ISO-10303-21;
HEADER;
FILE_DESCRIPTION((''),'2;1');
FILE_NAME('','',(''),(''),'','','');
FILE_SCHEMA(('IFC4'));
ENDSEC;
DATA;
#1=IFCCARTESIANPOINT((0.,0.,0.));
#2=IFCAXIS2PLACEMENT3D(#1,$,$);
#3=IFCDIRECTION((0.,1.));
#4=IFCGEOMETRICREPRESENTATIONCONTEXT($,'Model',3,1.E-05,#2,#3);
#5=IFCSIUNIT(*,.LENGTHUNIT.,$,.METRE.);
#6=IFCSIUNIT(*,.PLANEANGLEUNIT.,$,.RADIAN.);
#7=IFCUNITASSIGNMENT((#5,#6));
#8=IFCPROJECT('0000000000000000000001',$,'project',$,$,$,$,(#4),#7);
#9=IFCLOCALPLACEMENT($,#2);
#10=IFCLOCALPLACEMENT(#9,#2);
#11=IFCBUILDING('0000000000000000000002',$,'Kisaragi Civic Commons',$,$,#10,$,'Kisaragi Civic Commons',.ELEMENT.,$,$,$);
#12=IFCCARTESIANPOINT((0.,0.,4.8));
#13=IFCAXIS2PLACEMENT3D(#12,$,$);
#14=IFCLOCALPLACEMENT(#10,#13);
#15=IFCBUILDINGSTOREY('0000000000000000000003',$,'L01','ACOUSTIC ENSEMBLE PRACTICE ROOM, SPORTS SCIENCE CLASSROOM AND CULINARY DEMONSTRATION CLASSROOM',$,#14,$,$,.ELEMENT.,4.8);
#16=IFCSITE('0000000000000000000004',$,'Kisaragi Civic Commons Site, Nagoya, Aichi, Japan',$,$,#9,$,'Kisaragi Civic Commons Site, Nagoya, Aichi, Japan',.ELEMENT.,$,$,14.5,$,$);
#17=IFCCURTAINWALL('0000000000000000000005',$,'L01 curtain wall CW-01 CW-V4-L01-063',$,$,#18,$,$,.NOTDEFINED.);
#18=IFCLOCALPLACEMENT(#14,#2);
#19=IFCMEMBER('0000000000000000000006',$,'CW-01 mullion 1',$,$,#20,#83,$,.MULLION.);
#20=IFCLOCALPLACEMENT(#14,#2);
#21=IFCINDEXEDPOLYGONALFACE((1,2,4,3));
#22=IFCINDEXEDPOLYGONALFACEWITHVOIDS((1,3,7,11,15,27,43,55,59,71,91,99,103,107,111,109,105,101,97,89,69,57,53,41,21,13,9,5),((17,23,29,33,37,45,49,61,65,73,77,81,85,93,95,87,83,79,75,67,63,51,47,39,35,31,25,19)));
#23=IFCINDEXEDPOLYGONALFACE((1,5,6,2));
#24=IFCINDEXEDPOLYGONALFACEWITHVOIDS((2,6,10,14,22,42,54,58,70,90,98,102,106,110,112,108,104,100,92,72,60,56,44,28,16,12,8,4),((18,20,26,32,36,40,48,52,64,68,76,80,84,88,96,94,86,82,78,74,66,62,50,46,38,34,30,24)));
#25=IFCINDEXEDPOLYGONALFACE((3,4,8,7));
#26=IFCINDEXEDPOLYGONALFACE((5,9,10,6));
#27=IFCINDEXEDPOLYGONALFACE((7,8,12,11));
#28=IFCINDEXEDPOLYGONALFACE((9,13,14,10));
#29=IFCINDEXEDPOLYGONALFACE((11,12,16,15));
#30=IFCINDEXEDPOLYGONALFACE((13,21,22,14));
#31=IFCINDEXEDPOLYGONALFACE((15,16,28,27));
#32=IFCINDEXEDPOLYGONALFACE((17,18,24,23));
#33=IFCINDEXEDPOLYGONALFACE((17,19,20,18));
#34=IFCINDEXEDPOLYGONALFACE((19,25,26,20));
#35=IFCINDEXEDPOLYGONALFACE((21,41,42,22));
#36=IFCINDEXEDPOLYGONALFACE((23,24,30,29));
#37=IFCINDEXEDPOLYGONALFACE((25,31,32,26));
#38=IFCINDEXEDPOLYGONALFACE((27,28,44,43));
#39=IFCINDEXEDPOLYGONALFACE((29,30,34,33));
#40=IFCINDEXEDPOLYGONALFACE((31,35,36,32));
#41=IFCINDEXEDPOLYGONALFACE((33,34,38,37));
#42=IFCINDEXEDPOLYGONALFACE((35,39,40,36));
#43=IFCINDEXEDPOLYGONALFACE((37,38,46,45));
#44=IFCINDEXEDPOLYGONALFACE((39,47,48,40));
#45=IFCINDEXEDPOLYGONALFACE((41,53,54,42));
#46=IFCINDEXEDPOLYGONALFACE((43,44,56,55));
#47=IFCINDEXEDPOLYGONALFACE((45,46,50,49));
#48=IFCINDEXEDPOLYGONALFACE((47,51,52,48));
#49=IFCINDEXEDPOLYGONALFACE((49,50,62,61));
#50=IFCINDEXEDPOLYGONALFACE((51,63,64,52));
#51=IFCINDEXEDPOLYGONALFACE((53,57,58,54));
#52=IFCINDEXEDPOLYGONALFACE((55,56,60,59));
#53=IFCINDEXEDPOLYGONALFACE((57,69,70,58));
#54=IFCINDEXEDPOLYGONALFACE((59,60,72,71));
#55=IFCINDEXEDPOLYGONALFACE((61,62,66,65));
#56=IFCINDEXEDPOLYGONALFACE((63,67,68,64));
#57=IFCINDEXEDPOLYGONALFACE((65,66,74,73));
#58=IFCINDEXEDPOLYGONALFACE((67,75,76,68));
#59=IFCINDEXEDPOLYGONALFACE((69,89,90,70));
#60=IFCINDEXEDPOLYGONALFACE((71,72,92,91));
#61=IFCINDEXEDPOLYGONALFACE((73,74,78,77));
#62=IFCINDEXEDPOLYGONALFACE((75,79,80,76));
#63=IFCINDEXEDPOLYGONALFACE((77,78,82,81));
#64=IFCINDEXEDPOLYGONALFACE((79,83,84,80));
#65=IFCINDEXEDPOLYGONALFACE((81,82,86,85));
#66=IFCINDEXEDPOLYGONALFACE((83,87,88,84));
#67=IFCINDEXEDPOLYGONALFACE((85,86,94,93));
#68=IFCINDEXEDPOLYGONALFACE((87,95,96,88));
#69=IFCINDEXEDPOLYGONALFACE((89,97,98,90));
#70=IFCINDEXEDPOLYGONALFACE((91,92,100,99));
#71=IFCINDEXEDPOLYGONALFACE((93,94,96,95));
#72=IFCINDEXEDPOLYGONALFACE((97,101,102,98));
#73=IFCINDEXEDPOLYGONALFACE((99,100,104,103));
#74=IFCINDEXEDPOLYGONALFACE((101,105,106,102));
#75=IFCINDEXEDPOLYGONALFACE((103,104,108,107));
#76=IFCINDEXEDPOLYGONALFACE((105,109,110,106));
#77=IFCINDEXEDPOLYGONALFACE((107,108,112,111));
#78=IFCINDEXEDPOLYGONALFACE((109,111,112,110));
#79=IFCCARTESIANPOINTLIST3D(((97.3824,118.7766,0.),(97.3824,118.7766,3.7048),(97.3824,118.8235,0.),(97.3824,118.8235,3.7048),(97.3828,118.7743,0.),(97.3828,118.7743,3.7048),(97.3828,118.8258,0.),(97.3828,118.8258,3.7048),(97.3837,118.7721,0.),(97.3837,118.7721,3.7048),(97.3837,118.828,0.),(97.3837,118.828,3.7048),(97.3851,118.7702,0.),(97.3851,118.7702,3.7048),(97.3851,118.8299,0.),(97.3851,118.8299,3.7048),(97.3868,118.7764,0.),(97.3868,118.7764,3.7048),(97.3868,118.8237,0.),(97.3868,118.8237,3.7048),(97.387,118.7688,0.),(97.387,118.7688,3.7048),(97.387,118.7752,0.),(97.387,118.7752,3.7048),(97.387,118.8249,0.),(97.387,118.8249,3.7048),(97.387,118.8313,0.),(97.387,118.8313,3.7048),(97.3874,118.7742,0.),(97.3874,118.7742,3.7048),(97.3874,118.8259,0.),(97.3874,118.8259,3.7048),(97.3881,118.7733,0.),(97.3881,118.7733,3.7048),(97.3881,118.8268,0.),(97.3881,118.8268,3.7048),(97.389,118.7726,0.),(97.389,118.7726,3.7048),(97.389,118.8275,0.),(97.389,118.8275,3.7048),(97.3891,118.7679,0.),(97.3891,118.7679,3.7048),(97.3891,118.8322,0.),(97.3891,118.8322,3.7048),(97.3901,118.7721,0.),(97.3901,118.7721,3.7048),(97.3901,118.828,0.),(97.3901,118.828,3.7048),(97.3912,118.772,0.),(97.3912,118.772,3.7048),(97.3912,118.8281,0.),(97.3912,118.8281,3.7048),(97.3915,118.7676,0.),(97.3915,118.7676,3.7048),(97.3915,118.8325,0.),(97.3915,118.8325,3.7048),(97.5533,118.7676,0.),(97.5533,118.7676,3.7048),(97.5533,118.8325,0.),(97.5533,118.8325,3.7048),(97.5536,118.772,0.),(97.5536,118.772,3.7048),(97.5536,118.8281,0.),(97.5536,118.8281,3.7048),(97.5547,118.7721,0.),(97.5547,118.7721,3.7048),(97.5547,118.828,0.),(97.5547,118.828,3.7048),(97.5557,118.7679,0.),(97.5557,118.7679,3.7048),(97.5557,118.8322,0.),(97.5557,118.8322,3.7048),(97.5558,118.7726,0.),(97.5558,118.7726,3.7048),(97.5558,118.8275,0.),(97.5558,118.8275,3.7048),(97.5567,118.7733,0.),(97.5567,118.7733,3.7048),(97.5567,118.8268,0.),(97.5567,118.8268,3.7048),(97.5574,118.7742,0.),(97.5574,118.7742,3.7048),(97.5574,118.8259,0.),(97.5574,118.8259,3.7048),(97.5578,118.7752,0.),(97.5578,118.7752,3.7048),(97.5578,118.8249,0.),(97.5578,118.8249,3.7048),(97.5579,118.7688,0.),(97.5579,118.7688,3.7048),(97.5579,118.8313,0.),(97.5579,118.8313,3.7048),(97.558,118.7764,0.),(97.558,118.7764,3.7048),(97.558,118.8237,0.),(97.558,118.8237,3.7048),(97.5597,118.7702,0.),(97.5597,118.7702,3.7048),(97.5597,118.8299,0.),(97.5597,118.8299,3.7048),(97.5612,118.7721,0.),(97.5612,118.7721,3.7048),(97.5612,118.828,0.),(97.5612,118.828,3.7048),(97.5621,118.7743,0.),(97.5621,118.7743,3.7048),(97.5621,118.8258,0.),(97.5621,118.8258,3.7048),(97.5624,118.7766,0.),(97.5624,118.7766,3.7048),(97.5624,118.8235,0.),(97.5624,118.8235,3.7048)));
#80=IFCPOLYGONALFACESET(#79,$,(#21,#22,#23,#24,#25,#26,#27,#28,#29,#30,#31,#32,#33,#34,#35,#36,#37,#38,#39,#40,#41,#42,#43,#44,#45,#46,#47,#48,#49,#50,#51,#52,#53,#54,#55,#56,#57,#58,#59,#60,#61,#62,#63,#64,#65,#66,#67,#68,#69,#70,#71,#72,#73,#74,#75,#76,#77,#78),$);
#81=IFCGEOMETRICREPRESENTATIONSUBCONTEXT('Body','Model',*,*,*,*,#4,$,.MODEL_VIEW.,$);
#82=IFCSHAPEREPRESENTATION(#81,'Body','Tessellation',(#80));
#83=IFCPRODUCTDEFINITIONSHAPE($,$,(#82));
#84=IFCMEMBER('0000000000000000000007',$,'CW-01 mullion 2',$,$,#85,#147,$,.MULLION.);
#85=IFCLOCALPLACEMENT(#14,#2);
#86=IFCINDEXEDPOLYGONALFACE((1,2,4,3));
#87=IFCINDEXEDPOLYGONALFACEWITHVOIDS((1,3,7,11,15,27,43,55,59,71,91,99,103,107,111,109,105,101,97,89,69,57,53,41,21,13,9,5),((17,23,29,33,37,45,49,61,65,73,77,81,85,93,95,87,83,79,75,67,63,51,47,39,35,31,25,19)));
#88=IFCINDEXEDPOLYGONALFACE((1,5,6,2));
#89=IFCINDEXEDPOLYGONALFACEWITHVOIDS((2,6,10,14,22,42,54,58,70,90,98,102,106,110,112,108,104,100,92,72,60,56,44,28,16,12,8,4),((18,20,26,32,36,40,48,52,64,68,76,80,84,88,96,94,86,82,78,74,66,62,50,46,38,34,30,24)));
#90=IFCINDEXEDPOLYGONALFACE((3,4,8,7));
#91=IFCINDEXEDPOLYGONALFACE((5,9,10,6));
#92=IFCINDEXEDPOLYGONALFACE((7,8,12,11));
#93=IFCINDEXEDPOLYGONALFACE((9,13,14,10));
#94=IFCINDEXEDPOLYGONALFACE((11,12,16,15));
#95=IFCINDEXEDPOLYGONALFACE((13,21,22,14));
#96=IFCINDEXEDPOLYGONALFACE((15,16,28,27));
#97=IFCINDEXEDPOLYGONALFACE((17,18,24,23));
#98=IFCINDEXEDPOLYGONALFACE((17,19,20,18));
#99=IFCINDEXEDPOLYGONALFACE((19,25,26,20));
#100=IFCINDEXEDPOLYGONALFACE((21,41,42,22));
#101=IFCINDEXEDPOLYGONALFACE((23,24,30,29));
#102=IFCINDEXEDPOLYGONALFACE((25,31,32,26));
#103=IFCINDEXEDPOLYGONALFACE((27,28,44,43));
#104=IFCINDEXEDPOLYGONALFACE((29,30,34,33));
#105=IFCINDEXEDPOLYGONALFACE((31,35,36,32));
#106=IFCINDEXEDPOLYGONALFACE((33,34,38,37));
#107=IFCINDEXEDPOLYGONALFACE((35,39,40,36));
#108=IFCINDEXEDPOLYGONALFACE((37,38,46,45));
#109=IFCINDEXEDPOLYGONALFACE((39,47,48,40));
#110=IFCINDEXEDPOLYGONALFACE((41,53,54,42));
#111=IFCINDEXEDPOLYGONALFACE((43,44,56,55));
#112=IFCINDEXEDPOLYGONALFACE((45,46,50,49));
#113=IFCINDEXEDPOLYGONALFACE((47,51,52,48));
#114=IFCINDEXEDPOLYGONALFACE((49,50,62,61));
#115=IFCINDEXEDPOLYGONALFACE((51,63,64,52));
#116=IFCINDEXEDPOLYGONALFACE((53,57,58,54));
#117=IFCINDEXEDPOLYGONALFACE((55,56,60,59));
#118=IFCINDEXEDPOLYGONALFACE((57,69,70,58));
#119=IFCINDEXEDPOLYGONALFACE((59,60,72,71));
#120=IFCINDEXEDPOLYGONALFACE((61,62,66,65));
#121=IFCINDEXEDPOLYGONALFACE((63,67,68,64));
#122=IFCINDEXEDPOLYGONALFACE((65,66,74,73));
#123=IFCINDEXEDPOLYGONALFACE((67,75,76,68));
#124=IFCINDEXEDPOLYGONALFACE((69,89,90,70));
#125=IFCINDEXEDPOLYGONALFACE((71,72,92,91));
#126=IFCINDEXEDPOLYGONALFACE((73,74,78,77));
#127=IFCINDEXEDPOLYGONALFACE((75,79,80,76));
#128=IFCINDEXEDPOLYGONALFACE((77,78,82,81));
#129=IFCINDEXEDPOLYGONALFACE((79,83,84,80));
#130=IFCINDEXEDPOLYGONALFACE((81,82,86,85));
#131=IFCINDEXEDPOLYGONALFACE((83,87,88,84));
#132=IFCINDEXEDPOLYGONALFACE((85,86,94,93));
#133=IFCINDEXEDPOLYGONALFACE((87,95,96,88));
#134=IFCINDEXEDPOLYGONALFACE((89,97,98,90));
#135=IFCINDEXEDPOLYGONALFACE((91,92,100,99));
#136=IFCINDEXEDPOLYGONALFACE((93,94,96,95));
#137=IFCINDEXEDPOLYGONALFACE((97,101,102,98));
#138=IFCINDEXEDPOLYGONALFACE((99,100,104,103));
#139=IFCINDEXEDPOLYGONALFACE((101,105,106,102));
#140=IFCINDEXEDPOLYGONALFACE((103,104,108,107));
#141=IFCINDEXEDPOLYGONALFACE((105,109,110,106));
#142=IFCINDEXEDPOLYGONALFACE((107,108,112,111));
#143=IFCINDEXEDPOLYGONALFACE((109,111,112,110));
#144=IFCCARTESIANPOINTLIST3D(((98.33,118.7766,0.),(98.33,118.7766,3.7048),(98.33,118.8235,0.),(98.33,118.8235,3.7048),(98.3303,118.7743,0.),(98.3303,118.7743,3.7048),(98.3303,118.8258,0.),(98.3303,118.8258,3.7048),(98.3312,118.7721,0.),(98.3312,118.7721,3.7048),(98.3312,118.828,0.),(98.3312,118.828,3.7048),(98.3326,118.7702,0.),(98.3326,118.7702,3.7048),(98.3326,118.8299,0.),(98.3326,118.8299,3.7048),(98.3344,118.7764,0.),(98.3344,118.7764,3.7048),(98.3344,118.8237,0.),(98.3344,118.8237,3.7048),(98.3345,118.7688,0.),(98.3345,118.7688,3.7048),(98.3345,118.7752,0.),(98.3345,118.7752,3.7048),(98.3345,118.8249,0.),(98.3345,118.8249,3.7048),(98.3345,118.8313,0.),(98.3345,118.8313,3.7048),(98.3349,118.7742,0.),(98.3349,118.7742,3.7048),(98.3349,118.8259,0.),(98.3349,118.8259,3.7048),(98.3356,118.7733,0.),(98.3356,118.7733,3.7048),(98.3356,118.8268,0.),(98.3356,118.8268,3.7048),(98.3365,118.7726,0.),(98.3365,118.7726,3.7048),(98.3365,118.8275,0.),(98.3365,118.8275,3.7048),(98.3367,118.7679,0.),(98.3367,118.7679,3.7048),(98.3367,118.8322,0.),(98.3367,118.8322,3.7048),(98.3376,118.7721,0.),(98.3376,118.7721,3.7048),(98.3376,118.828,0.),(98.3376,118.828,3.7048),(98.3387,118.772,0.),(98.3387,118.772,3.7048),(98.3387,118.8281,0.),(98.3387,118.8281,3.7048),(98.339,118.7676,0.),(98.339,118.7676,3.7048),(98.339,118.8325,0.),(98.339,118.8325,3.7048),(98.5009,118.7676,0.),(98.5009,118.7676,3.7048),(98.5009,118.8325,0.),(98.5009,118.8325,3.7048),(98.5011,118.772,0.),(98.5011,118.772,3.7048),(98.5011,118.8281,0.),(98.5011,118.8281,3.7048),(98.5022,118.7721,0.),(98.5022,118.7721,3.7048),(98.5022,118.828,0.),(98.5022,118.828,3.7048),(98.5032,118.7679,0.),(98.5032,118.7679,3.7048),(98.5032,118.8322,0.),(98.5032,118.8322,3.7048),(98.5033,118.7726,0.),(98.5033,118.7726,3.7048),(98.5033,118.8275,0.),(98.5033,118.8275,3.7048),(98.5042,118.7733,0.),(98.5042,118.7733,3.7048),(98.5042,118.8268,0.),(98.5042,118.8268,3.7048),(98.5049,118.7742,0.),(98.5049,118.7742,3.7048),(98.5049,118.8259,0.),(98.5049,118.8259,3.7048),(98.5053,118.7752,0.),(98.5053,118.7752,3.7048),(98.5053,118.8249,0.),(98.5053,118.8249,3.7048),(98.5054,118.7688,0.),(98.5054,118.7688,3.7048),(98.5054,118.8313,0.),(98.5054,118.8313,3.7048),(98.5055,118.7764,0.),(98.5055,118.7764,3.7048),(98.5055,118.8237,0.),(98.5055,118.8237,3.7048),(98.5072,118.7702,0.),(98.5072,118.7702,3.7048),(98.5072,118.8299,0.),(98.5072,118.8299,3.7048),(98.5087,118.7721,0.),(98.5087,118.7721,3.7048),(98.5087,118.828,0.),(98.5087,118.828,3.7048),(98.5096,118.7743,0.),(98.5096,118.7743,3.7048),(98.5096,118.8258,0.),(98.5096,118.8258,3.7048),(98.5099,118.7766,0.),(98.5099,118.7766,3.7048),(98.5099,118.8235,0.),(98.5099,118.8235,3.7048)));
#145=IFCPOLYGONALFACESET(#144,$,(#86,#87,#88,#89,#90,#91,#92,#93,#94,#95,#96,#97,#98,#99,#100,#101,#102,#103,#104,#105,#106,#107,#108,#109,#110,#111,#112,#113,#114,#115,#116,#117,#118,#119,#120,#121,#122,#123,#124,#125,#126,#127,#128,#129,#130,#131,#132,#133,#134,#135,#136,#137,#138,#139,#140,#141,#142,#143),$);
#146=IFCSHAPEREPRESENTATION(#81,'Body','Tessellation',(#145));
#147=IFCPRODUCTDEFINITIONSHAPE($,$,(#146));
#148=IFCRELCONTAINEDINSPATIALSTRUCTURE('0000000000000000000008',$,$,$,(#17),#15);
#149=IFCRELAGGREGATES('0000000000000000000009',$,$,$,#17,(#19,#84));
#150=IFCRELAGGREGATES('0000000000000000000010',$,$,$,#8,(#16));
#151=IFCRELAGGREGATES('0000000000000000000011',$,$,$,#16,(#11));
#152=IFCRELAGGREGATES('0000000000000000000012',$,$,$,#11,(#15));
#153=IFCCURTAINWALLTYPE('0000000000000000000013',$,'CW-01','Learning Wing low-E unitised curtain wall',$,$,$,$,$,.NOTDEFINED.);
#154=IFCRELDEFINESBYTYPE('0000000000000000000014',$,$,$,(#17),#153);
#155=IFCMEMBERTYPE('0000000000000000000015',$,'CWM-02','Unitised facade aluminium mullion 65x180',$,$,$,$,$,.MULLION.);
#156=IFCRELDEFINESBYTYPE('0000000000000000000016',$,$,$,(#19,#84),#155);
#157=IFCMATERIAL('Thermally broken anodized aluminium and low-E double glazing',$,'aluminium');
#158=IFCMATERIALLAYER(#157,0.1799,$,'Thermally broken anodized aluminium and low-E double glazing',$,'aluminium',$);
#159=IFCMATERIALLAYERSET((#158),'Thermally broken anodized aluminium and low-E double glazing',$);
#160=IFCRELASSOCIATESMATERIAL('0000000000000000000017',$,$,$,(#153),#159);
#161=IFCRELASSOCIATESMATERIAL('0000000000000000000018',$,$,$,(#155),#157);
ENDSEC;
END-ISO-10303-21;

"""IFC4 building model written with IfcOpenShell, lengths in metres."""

from ifc_helpers import new_model, si_unit, direction, frame, origin, origin_2d, place, context, subcontext, project, spatial, hollow_rectangle, extrude, material, layer, layer_set, material_profile, profile_set, type_object, element, aggregate, save


model = new_model("IFC4")

# Units and contexts
model_context = context("Model", 3, precision=1e-05, world=origin(), true_north=direction((0.0, 1.0)))
body_context = subcontext(model_context, "Body", "Model", "MODEL_VIEW")
ifc_project = project(units=[si_unit("LENGTHUNIT", "METRE"), si_unit("PLANEANGLEUNIT", "RADIAN")], contexts=[model_context])

# Site, building, storey
site_placement = place(None, origin())
site = spatial("IfcSite", under=ifc_project, at=site_placement, Name="Kisaragi Civic Commons Site, Nagoya, Aichi, Japan", LongName="Kisaragi Civic Commons Site, Nagoya, Aichi, Japan", CompositionType="ELEMENT", RefElevation=14.5)
building_placement = place(site_placement, origin())
building = spatial("IfcBuilding", under=site, at=building_placement, Name="Kisaragi Civic Commons", LongName="Kisaragi Civic Commons", CompositionType="ELEMENT")
storey_placement = place(building_placement, frame((0.0, 0.0, 4.8)))
storey = spatial("IfcBuildingStorey", under=building, at=storey_placement, Name="L01", Description="ACOUSTIC ENSEMBLE PRACTICE ROOM, SPORTS SCIENCE CLASSROOM AND CULINARY DEMONSTRATION CLASSROOM", CompositionType="ELEMENT", Elevation=4.8)

# Curtain wall, members
ifc_material = material(Name="Thermally broken anodized aluminium and low-E double glazing", Category="aluminium")
ifc_layer_1 = layer(ifc_material, 0.1799, Name="Thermally broken anodized aluminium and low-E double glazing", Category="aluminium")
ifc_layer_set_1 = layer_set([ifc_layer_1], Name="Thermally broken anodized aluminium and low-E double glazing")
curtain_wall_type = type_object("IfcCurtainWallType", Name="CW-01", Description="Learning Wing low-E unitised curtain wall", PredefinedType="NOTDEFINED", material=ifc_layer_set_1)
curtain_wall_placement = place(storey_placement, origin())
curtain_wall = element("IfcCurtainWall", 1, at=curtain_wall_placement, inside=storey, type_object=curtain_wall_type, Name="L01 curtain wall CW-01 CW-V4-L01-063", PredefinedType="NOTDEFINED")
ifc_material_profile_1 = material_profile(ifc_material, hollow_rectangle(XDim=0.0649, YDim=0.1799, WallThickness=0.0044, InnerFilletRadius=0.0044, OuterFilletRadius=0.009, at=origin_2d()), Name="CWM-65x180x4.5", Category="aluminium")
ifc_profile_set_1 = profile_set([ifc_material_profile_1], Name="Thermally broken anodized aluminium and low-E double glazing")
member_type_1 = type_object("IfcMemberType", Name="CWM-02", Description="Unitised facade aluminium mullion 65x180", PredefinedType="MULLION", material=ifc_profile_set_1)
member_1_placement = place(storey_placement, frame((97.4724, 118.8, 0.0), z_axis=(0.0, 0.0, 1.0), x_axis=(0.0, 1.0, 0.0)))
member_1 = element("IfcMember", 2, at=member_1_placement, type_object=member_type_1, Name="CW-01 mullion 1", PredefinedType="MULLION", context=body_context, shape_type="SweptSolid", body=[
    extrude(hollow_rectangle(XDim=0.0649, YDim=0.1799, WallThickness=0.0044, InnerFilletRadius=0.0044, OuterFilletRadius=0.009, at=origin_2d()), origin(), (0.0, 0.0, 1.0), 3.7048),
])
member_2_placement = place(storey_placement, frame((98.4199, 118.8, 0.0), z_axis=(0.0, 0.0, 1.0), x_axis=(0.0, 1.0, 0.0)))
member_2 = element("IfcMember", 3, at=member_2_placement, type_object=member_type_1, Name="CW-01 mullion 2", PredefinedType="MULLION", context=body_context, shape_type="SweptSolid", body=[
    extrude(hollow_rectangle(XDim=0.0649, YDim=0.1799, WallThickness=0.0044, InnerFilletRadius=0.0044, OuterFilletRadius=0.009, at=origin_2d()), origin(), (0.0, 0.0, 1.0), 3.7048),
])
aggregate(curtain_wall, [member_1, member_2])

save(model, "model.ifc")
